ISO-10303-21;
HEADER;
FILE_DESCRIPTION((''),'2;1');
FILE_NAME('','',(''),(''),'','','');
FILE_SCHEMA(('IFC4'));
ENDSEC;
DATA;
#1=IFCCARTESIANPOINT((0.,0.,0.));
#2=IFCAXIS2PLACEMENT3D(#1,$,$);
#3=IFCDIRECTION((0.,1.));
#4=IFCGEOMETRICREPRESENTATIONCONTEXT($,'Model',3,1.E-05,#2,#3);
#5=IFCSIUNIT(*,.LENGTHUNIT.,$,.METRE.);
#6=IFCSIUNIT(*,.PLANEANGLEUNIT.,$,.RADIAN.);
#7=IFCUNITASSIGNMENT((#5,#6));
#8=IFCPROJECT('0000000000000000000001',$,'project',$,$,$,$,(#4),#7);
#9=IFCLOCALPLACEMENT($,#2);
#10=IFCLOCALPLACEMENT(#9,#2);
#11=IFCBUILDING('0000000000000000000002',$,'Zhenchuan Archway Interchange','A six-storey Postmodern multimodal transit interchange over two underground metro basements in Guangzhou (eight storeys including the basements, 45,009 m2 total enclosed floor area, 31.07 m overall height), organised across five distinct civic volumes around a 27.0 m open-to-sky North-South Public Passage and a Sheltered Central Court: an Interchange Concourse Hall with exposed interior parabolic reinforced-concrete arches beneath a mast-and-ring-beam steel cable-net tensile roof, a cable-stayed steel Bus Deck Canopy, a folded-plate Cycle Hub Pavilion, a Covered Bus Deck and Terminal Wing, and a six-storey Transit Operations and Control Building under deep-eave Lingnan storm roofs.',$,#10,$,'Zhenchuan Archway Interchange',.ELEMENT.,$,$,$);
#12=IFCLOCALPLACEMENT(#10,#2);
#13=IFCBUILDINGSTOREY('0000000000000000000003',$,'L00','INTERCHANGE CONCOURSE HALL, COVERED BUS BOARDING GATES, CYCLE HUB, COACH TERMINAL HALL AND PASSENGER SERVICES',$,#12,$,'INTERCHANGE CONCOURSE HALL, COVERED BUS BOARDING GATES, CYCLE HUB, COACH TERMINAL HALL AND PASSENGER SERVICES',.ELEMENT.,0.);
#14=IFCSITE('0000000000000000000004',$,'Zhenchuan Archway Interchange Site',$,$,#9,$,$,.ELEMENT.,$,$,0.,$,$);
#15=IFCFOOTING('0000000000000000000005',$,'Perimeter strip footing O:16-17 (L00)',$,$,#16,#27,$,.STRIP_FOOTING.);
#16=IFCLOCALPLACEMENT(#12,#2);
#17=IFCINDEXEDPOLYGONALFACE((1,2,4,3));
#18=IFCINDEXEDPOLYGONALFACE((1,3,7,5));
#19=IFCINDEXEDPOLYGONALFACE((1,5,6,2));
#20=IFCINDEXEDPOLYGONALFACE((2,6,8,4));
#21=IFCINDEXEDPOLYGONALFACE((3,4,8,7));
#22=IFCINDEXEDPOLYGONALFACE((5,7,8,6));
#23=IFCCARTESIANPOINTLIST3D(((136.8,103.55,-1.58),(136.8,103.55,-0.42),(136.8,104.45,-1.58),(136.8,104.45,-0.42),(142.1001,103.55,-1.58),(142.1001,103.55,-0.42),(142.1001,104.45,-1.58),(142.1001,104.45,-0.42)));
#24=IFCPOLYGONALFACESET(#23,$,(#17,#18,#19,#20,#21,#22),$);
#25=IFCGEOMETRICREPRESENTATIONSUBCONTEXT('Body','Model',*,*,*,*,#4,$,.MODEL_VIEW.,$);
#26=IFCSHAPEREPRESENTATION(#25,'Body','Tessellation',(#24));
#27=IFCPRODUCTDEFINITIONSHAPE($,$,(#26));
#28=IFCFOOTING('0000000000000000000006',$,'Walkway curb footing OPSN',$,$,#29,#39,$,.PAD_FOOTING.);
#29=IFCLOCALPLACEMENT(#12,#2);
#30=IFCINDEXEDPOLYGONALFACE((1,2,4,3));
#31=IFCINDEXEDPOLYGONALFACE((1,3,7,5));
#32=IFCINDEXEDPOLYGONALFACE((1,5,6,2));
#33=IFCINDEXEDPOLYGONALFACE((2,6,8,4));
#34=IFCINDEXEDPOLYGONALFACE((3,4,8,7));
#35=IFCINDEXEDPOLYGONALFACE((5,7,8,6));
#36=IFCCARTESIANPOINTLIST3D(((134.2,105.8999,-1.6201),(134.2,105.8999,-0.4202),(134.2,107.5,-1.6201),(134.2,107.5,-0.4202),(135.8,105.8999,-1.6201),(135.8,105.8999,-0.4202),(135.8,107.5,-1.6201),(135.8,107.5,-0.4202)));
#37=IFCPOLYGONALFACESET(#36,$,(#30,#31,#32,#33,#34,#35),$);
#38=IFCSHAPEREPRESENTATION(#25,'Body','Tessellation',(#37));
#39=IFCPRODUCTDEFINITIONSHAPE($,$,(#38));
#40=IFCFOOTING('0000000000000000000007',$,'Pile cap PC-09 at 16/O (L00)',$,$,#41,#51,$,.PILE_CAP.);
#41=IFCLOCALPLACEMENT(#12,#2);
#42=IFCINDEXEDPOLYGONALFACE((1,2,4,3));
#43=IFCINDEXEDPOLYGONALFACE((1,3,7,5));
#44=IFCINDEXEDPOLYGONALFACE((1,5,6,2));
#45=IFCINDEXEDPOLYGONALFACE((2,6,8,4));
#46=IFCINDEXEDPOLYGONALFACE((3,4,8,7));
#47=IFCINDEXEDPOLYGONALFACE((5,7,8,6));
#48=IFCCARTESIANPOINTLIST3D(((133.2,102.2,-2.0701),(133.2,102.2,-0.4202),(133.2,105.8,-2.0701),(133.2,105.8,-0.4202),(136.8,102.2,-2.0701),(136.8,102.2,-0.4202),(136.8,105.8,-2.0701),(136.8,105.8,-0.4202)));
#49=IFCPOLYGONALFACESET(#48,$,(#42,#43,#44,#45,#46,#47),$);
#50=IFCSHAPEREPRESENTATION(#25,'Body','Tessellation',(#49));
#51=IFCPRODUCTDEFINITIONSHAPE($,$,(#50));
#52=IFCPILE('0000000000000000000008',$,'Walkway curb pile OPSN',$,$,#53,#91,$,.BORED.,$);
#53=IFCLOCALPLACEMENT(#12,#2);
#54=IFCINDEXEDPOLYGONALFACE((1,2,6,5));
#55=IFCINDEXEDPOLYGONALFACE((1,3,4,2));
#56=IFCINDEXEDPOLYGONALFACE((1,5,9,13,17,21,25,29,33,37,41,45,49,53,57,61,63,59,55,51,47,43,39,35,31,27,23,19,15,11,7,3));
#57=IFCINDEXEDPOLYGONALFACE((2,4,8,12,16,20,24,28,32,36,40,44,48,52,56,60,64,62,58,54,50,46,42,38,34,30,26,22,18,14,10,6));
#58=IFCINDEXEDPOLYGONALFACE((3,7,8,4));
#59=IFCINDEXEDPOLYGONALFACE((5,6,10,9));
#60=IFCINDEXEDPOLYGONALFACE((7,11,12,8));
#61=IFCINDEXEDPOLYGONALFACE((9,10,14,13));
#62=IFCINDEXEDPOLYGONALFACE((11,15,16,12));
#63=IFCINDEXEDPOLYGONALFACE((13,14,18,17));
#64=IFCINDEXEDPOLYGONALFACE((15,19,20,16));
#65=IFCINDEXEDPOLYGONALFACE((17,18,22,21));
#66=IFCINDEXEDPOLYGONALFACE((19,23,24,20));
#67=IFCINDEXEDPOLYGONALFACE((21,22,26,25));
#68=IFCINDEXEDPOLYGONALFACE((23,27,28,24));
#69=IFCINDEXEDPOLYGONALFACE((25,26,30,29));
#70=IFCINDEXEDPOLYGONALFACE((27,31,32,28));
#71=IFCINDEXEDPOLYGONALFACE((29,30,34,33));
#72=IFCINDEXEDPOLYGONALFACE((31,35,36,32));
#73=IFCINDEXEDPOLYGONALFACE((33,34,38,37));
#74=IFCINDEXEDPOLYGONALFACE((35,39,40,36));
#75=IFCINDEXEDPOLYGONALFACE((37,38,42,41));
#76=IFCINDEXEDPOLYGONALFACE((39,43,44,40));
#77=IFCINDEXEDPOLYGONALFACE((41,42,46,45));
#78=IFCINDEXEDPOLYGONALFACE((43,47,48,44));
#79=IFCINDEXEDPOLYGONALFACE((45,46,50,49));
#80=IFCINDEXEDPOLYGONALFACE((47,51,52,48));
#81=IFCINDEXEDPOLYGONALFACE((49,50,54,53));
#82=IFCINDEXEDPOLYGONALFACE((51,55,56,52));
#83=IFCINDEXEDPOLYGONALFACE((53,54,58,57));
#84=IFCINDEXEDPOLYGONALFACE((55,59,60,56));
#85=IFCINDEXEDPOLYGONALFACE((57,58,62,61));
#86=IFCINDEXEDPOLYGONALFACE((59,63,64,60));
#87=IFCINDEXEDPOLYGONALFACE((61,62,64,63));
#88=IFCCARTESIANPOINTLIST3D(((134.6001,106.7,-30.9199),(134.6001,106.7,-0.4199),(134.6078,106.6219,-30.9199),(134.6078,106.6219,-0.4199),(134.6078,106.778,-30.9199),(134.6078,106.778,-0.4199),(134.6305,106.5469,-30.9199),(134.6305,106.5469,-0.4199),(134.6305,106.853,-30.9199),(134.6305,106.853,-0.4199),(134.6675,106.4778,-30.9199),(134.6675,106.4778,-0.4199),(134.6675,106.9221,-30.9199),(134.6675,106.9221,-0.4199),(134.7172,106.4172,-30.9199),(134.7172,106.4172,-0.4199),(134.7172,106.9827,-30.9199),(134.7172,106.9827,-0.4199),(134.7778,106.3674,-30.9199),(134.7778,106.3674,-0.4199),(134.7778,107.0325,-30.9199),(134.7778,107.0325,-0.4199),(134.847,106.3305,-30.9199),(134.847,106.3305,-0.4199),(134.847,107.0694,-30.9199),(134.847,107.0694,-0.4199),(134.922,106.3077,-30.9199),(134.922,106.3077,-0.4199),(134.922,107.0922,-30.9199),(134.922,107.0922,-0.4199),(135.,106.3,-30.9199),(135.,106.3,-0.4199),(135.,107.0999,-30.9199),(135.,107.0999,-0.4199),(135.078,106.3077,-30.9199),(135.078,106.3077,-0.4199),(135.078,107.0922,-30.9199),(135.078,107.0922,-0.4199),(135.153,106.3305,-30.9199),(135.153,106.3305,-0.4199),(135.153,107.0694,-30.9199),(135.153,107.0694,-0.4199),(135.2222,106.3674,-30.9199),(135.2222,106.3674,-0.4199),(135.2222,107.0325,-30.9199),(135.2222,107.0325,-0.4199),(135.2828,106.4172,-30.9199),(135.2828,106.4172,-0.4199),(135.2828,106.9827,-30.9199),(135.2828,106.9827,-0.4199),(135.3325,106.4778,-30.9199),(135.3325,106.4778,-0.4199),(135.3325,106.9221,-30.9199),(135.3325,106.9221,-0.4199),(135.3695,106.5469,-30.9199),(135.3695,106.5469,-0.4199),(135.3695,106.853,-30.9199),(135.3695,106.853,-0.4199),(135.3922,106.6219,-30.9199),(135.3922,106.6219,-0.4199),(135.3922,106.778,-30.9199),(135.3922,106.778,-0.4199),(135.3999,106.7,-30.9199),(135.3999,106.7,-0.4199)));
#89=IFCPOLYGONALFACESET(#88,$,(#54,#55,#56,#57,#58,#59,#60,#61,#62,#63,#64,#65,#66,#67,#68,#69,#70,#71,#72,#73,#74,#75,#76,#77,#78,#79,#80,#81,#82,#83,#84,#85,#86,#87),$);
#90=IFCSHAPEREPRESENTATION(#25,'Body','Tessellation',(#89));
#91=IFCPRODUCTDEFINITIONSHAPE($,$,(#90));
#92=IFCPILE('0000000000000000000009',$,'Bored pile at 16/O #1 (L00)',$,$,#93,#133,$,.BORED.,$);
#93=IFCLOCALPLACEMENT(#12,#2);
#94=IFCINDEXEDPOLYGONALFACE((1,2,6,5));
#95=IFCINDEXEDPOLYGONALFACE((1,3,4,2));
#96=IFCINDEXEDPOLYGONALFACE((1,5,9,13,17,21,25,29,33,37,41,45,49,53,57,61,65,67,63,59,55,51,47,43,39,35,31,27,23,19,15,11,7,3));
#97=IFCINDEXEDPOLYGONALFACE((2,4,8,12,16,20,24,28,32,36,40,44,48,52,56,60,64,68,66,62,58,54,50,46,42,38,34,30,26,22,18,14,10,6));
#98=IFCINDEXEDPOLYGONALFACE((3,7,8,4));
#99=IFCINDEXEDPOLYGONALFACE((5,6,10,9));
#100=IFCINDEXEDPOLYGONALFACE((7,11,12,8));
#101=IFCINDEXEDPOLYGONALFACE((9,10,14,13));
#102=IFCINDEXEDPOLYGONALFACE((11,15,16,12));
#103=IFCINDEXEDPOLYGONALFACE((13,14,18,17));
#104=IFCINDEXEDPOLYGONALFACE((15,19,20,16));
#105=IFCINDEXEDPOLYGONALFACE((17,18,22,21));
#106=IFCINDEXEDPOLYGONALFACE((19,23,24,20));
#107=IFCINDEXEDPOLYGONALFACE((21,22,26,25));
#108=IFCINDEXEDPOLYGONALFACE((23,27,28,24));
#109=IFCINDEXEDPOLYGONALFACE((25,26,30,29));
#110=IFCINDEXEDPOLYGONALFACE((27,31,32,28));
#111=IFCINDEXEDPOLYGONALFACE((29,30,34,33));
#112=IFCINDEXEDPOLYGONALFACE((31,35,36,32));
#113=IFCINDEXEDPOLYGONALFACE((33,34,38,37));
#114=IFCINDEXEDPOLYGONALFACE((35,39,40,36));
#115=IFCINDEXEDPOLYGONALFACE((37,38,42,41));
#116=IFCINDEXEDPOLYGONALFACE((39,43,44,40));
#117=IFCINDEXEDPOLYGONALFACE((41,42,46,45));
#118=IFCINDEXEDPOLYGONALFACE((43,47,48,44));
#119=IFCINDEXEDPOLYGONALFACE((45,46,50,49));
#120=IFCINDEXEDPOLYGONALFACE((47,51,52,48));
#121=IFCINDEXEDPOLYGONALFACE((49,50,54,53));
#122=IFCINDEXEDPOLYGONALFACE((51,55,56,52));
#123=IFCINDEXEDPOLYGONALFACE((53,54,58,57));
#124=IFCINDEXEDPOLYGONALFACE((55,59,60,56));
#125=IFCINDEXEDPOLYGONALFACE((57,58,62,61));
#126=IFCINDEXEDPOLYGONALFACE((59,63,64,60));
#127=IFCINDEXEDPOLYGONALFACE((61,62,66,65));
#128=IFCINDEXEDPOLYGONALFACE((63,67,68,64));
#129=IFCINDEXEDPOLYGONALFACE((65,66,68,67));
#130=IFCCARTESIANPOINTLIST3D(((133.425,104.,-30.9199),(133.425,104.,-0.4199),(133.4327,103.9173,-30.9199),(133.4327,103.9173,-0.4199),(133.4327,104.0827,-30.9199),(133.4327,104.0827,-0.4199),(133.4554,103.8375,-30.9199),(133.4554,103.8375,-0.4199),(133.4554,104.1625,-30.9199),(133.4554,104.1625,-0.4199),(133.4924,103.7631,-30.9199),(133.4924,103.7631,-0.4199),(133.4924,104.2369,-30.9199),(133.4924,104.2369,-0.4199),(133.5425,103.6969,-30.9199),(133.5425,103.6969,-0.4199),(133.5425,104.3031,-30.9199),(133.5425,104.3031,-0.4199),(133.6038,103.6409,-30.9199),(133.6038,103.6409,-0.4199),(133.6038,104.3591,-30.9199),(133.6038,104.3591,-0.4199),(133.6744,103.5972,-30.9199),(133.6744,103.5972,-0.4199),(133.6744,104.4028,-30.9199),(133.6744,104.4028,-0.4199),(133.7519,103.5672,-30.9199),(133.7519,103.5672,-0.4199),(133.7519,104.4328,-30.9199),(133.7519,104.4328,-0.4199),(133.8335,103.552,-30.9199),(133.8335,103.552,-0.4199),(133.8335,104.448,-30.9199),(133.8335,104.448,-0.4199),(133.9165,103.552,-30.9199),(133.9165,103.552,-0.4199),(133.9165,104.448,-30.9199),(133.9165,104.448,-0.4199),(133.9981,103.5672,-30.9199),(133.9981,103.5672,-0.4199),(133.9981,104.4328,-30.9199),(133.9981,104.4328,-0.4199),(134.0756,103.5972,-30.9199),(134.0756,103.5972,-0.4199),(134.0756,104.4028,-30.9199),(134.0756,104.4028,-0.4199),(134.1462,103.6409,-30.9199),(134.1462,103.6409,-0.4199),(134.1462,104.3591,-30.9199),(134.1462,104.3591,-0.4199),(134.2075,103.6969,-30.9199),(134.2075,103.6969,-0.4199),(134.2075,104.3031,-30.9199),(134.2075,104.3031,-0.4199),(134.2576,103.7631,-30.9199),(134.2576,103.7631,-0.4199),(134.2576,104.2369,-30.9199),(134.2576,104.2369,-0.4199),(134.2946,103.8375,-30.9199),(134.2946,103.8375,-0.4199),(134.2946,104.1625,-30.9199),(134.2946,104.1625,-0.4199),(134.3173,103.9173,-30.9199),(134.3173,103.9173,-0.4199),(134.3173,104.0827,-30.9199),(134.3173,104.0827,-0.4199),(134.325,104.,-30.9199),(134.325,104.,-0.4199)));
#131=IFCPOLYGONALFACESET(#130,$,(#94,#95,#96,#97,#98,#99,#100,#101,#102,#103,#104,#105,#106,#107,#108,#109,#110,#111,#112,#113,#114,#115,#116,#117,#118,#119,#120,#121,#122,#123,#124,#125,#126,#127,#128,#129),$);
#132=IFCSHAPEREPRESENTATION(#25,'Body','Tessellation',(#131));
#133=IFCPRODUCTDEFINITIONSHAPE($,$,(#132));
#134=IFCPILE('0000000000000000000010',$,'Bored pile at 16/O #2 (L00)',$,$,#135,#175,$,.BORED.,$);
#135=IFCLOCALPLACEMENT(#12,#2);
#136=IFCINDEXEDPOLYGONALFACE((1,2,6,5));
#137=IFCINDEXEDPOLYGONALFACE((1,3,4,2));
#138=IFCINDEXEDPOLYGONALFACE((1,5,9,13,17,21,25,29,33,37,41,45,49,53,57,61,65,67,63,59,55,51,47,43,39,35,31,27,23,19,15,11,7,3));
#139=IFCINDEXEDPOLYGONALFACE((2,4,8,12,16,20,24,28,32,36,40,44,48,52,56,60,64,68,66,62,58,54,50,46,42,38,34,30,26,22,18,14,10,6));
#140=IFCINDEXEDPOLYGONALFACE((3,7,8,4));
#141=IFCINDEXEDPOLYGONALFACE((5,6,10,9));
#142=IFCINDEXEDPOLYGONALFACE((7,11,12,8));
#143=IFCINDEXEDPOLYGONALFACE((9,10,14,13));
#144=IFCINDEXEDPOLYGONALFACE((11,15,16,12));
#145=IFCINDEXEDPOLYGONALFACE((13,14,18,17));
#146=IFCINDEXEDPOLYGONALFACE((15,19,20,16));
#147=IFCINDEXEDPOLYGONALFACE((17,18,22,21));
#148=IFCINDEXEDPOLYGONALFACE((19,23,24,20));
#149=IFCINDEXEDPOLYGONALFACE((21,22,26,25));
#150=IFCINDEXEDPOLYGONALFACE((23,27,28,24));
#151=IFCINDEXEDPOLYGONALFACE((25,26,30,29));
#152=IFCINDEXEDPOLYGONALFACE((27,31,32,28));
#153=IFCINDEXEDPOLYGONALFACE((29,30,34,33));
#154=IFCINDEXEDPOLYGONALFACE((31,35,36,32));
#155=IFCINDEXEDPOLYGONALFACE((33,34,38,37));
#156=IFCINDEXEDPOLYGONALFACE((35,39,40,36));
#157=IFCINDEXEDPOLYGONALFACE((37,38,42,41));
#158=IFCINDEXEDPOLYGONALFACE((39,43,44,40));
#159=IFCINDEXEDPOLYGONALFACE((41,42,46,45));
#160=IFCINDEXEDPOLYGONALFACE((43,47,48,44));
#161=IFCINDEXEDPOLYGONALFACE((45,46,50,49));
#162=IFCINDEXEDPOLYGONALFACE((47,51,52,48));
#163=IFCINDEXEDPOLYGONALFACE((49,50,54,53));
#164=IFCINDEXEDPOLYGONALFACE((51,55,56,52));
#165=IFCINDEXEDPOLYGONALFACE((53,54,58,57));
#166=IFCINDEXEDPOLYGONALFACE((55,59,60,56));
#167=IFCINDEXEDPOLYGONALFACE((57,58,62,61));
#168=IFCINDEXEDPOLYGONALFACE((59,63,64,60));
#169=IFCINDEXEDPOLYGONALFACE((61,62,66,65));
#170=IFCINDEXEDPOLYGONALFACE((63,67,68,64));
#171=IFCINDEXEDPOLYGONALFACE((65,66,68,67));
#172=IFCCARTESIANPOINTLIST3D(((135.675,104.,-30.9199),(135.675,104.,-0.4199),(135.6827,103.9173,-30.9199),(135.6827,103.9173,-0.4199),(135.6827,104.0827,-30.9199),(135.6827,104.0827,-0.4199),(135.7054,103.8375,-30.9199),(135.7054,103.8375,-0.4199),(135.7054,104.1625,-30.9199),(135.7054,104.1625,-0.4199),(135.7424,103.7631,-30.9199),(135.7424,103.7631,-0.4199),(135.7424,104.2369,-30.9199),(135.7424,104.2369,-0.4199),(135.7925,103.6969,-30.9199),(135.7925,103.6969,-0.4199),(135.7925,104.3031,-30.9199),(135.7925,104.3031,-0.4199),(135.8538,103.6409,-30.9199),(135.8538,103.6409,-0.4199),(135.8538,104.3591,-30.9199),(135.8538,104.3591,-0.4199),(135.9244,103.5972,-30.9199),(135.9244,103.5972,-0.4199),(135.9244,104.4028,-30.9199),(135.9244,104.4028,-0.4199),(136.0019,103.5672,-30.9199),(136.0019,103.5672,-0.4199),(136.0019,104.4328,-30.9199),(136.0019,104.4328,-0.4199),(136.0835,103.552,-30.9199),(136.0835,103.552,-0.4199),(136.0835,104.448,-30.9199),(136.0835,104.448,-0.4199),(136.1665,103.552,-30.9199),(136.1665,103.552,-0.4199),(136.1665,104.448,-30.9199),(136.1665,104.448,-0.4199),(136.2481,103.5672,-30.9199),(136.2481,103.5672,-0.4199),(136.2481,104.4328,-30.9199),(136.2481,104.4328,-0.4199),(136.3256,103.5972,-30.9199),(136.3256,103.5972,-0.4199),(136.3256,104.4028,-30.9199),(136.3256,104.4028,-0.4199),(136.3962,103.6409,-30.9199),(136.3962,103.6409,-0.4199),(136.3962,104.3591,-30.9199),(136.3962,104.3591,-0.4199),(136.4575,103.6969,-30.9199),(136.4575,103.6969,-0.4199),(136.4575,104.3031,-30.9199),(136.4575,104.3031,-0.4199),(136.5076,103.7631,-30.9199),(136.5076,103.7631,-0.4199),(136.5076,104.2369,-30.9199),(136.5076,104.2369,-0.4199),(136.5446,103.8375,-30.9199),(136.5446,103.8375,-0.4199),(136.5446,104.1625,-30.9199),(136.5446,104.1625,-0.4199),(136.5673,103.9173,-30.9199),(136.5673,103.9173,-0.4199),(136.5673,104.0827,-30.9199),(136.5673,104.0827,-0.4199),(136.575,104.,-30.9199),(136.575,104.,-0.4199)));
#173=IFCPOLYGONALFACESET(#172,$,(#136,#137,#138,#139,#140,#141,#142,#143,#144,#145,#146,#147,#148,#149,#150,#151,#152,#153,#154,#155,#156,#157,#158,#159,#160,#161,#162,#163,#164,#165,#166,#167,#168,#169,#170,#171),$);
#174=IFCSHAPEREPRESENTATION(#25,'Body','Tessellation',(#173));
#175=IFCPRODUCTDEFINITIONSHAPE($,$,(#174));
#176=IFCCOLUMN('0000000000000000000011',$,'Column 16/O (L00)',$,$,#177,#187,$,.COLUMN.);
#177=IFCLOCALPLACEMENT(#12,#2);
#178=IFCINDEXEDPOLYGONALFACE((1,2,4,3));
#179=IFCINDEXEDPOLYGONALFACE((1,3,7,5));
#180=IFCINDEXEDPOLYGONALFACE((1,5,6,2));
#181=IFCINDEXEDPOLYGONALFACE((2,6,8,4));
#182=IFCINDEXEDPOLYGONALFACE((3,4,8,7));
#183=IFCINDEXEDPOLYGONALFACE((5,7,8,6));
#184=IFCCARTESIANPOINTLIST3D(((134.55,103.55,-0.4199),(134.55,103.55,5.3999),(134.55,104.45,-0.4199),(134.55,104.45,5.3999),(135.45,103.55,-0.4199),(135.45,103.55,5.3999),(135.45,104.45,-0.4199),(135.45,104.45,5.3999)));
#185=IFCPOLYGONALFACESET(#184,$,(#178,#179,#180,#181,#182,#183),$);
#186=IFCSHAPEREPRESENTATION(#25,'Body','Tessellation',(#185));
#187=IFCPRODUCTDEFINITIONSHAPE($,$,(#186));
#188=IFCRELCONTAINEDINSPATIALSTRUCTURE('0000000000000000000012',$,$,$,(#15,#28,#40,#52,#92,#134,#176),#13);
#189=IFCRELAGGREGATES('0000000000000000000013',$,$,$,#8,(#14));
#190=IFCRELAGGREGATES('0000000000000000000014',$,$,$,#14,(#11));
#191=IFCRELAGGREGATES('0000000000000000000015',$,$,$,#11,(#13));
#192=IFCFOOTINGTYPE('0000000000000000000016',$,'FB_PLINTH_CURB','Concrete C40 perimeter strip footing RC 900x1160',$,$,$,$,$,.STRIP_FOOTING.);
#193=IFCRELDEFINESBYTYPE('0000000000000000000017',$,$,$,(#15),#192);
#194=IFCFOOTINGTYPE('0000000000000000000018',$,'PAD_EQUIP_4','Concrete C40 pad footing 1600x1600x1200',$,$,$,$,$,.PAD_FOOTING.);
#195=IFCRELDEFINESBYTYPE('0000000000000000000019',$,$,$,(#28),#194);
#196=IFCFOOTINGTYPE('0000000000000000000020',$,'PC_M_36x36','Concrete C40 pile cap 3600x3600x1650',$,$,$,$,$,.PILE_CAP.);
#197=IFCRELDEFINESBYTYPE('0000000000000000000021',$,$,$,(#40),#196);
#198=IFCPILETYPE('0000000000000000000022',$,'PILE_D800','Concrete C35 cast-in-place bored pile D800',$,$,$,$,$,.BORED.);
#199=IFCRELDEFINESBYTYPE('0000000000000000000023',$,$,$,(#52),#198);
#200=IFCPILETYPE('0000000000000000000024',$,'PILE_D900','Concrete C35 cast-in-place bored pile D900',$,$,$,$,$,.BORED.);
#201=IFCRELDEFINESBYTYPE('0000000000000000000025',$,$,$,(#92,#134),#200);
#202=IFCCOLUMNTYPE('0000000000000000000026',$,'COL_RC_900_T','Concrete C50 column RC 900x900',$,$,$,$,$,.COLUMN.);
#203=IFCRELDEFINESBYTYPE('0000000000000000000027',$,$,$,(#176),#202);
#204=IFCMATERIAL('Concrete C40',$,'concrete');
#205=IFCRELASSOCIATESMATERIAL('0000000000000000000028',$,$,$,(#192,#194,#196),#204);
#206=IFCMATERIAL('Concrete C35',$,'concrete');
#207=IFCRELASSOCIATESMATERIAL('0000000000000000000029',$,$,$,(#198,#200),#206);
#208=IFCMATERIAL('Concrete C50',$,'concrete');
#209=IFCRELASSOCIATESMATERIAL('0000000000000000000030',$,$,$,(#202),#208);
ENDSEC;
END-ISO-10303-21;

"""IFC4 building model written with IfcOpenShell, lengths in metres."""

from ifc_helpers import new_model, si_unit, direction, frame, origin, origin_2d, place, context, subcontext, project, spatial, rectangle, circle, extrude, material, material_profile, profile_set, type_object, element, save


model = new_model("IFC4")

# Units and contexts
model_context = context("Model", 3, precision=1e-05, world=origin(), true_north=direction((0.0, 1.0)))
body_context = subcontext(model_context, "Body", "Model", "MODEL_VIEW")
ifc_project = project(units=[si_unit("LENGTHUNIT", "METRE"), si_unit("PLANEANGLEUNIT", "RADIAN")], contexts=[model_context])

# Site, building, storey
site_placement = place(None, origin())
site = spatial("IfcSite", under=ifc_project, at=site_placement, Name="Zhenchuan Archway Interchange Site", CompositionType="ELEMENT", RefElevation=0.0)
building_placement = place(site_placement, origin())
building = spatial("IfcBuilding", under=site, at=building_placement, Name="Zhenchuan Archway Interchange", Description="A six-storey Postmodern multimodal transit interchange over two underground metro basements in Guangzhou (eight storeys including the basements, 45,009 m2 total enclosed floor area, 31.07 m overall height), organised across five distinct civic volumes around a 27.0 m open-to-sky North-South Public Passage and a Sheltered Central Court: an Interchange Concourse Hall with exposed interior parabolic reinforced-concrete arches beneath a mast-and-ring-beam steel cable-net tensile roof, a cable-stayed steel Bus Deck Canopy, a folded-plate Cycle Hub Pavilion, a Covered Bus Deck and Terminal Wing, and a six-storey Transit Operations and Control Building under deep-eave Lingnan storm roofs.", LongName="Zhenchuan Archway Interchange", CompositionType="ELEMENT")
storey_placement = place(building_placement, origin())
storey = spatial("IfcBuildingStorey", under=building, at=storey_placement, Name="L00", Description="INTERCHANGE CONCOURSE HALL, COVERED BUS BOARDING GATES, CYCLE HUB, COACH TERMINAL HALL AND PASSENGER SERVICES", LongName="INTERCHANGE CONCOURSE HALL, COVERED BUS BOARDING GATES, CYCLE HUB, COACH TERMINAL HALL AND PASSENGER SERVICES", CompositionType="ELEMENT", Elevation=0.0)

# Footings
ifc_material_1 = material(Name="Concrete C40", Category="concrete")
ifc_material_profile_1 = material_profile(ifc_material_1, rectangle(XDim=0.8999, YDim=1.1599, at=origin_2d()), Name="RC 900x1160")
ifc_profile_set_1 = profile_set([ifc_material_profile_1], Name="Concrete C40")
footing_type_1 = type_object("IfcFootingType", Name="FB_PLINTH_CURB", Description="Concrete C40 perimeter strip footing RC 900x1160", PredefinedType="STRIP_FOOTING", material=ifc_profile_set_1)
footing_1_placement = place(storey_placement, frame((136.8, 104.0, -1.0), z_axis=(1.0, 0.0, 0.0), x_axis=(0.0, 1.0, 0.0)))
element("IfcFooting", 1, at=footing_1_placement, inside=storey, type_object=footing_type_1, Name="Perimeter strip footing O:16-17 (L00)", PredefinedType="STRIP_FOOTING", context=body_context, shape_type="SweptSolid", body=[
    extrude(rectangle(XDim=0.8999, YDim=1.1599, at=origin_2d()), origin(), (0.0, 0.0, 1.0), 5.3),
])
footing_type_2 = type_object("IfcFootingType", Name="PAD_EQUIP_4", Description="Concrete C40 pad footing 1600x1600x1200", PredefinedType="PAD_FOOTING", material=ifc_material_1)
footing_2_placement = place(storey_placement, frame((135.0, 106.7, -1.6201), z_axis=(0.0, 0.0, 1.0), x_axis=(1.0, 0.0, 0.0)))
element("IfcFooting", 2, at=footing_2_placement, inside=storey, type_object=footing_type_2, Name="Walkway curb footing OPSN", PredefinedType="PAD_FOOTING", context=body_context, shape_type="SweptSolid", body=[
    extrude(rectangle(XDim=1.6001, YDim=1.6001, at=origin_2d()), origin(), (0.0, 0.0, 1.0), 1.2),
])
footing_type_3 = type_object("IfcFootingType", Name="PC_M_36x36", Description="Concrete C40 pile cap 3600x3600x1650", PredefinedType="PILE_CAP", material=ifc_material_1)
footing_3_placement = place(storey_placement, frame((135.0, 104.0, -2.0701), z_axis=(0.0, 0.0, 1.0), x_axis=(1.0, 0.0, 0.0)))
element("IfcFooting", 3, at=footing_3_placement, inside=storey, type_object=footing_type_3, Name="Pile cap PC-09 at 16/O (L00)", PredefinedType="PILE_CAP", context=body_context, shape_type="SweptSolid", body=[
    extrude(rectangle(XDim=3.6001, YDim=3.6001, at=origin_2d()), origin(), (0.0, 0.0, 1.0), 1.6499),
])

# Piles
ifc_material_2 = material(Name="Concrete C35", Category="concrete")
ifc_material_profile_2 = material_profile(ifc_material_2, circle(Radius=0.3999, at=origin_2d()), Name="BORED PILE 800")
ifc_profile_set_2 = profile_set([ifc_material_profile_2], Name="Concrete C35")
pile_type_1 = type_object("IfcPileType", Name="PILE_D800", Description="Concrete C35 cast-in-place bored pile D800", PredefinedType="BORED", material=ifc_profile_set_2)
pile_placement = place(storey_placement, frame((135.0, 106.7, -0.4199), z_axis=(0.0, 0.0, -1.0), x_axis=(1.0, 0.0, 0.0)))
element("IfcPile", 4, at=pile_placement, inside=storey, type_object=pile_type_1, Name="Walkway curb pile OPSN", PredefinedType="BORED", context=body_context, shape_type="SweptSolid", body=[
    extrude(circle(Radius=0.3999, at=origin_2d()), origin(), (0.0, 0.0, 1.0), 30.5),
])
ifc_material_profile_3 = material_profile(ifc_material_2, circle(Radius=0.45, at=origin_2d()), Name="BORED PILE 900")
ifc_profile_set_3 = profile_set([ifc_material_profile_3], Name="Concrete C35")
pile_type_2 = type_object("IfcPileType", Name="PILE_D900", Description="Concrete C35 cast-in-place bored pile D900", PredefinedType="BORED", material=ifc_profile_set_3)
for number, where, z_axis, x_axis, name in (
    (5, (133.875, 104.0, -0.4199), (0.0, 0.0, -1.0), (1.0, 0.0, 0.0), "Bored pile at 16/O #1 (L00)"),
    (6, (136.125, 104.0, -0.4199), (0.0, 0.0, -1.0), (1.0, 0.0, 0.0), "Bored pile at 16/O #2 (L00)"),
):
    element("IfcPile", number, at=place(storey_placement, frame(where, z_axis=z_axis, x_axis=x_axis)), inside=storey, type_object=pile_type_2, Name=name, PredefinedType="BORED", context=body_context, shape_type="SweptSolid", body=[
        extrude(circle(Radius=0.45, at=origin_2d()), origin(), (0.0, 0.0, 1.0), 30.5),
    ])

# Column
ifc_material_3 = material(Name="Concrete C50", Category="concrete")
ifc_material_profile_4 = material_profile(ifc_material_3, rectangle(XDim=0.8999, YDim=0.8999, at=origin_2d()), Name="RC 900x900")
ifc_profile_set_4 = profile_set([ifc_material_profile_4], Name="Concrete C50")
column_type = type_object("IfcColumnType", Name="COL_RC_900_T", Description="Concrete C50 column RC 900x900", PredefinedType="COLUMN", material=ifc_profile_set_4)
column_placement = place(storey_placement, frame((135.0, 104.0, -0.4199), z_axis=(0.0, 0.0, 1.0), x_axis=(1.0, 0.0, 0.0)))
element("IfcColumn", 7, at=column_placement, inside=storey, type_object=column_type, Name="Column 16/O (L00)", PredefinedType="COLUMN", context=body_context, shape_type="SweptSolid", body=[
    extrude(rectangle(XDim=0.8999, YDim=0.8999, at=origin_2d()), origin(), (0.0, 0.0, 1.0), 5.8198),
])

save(model, "model.ifc")
